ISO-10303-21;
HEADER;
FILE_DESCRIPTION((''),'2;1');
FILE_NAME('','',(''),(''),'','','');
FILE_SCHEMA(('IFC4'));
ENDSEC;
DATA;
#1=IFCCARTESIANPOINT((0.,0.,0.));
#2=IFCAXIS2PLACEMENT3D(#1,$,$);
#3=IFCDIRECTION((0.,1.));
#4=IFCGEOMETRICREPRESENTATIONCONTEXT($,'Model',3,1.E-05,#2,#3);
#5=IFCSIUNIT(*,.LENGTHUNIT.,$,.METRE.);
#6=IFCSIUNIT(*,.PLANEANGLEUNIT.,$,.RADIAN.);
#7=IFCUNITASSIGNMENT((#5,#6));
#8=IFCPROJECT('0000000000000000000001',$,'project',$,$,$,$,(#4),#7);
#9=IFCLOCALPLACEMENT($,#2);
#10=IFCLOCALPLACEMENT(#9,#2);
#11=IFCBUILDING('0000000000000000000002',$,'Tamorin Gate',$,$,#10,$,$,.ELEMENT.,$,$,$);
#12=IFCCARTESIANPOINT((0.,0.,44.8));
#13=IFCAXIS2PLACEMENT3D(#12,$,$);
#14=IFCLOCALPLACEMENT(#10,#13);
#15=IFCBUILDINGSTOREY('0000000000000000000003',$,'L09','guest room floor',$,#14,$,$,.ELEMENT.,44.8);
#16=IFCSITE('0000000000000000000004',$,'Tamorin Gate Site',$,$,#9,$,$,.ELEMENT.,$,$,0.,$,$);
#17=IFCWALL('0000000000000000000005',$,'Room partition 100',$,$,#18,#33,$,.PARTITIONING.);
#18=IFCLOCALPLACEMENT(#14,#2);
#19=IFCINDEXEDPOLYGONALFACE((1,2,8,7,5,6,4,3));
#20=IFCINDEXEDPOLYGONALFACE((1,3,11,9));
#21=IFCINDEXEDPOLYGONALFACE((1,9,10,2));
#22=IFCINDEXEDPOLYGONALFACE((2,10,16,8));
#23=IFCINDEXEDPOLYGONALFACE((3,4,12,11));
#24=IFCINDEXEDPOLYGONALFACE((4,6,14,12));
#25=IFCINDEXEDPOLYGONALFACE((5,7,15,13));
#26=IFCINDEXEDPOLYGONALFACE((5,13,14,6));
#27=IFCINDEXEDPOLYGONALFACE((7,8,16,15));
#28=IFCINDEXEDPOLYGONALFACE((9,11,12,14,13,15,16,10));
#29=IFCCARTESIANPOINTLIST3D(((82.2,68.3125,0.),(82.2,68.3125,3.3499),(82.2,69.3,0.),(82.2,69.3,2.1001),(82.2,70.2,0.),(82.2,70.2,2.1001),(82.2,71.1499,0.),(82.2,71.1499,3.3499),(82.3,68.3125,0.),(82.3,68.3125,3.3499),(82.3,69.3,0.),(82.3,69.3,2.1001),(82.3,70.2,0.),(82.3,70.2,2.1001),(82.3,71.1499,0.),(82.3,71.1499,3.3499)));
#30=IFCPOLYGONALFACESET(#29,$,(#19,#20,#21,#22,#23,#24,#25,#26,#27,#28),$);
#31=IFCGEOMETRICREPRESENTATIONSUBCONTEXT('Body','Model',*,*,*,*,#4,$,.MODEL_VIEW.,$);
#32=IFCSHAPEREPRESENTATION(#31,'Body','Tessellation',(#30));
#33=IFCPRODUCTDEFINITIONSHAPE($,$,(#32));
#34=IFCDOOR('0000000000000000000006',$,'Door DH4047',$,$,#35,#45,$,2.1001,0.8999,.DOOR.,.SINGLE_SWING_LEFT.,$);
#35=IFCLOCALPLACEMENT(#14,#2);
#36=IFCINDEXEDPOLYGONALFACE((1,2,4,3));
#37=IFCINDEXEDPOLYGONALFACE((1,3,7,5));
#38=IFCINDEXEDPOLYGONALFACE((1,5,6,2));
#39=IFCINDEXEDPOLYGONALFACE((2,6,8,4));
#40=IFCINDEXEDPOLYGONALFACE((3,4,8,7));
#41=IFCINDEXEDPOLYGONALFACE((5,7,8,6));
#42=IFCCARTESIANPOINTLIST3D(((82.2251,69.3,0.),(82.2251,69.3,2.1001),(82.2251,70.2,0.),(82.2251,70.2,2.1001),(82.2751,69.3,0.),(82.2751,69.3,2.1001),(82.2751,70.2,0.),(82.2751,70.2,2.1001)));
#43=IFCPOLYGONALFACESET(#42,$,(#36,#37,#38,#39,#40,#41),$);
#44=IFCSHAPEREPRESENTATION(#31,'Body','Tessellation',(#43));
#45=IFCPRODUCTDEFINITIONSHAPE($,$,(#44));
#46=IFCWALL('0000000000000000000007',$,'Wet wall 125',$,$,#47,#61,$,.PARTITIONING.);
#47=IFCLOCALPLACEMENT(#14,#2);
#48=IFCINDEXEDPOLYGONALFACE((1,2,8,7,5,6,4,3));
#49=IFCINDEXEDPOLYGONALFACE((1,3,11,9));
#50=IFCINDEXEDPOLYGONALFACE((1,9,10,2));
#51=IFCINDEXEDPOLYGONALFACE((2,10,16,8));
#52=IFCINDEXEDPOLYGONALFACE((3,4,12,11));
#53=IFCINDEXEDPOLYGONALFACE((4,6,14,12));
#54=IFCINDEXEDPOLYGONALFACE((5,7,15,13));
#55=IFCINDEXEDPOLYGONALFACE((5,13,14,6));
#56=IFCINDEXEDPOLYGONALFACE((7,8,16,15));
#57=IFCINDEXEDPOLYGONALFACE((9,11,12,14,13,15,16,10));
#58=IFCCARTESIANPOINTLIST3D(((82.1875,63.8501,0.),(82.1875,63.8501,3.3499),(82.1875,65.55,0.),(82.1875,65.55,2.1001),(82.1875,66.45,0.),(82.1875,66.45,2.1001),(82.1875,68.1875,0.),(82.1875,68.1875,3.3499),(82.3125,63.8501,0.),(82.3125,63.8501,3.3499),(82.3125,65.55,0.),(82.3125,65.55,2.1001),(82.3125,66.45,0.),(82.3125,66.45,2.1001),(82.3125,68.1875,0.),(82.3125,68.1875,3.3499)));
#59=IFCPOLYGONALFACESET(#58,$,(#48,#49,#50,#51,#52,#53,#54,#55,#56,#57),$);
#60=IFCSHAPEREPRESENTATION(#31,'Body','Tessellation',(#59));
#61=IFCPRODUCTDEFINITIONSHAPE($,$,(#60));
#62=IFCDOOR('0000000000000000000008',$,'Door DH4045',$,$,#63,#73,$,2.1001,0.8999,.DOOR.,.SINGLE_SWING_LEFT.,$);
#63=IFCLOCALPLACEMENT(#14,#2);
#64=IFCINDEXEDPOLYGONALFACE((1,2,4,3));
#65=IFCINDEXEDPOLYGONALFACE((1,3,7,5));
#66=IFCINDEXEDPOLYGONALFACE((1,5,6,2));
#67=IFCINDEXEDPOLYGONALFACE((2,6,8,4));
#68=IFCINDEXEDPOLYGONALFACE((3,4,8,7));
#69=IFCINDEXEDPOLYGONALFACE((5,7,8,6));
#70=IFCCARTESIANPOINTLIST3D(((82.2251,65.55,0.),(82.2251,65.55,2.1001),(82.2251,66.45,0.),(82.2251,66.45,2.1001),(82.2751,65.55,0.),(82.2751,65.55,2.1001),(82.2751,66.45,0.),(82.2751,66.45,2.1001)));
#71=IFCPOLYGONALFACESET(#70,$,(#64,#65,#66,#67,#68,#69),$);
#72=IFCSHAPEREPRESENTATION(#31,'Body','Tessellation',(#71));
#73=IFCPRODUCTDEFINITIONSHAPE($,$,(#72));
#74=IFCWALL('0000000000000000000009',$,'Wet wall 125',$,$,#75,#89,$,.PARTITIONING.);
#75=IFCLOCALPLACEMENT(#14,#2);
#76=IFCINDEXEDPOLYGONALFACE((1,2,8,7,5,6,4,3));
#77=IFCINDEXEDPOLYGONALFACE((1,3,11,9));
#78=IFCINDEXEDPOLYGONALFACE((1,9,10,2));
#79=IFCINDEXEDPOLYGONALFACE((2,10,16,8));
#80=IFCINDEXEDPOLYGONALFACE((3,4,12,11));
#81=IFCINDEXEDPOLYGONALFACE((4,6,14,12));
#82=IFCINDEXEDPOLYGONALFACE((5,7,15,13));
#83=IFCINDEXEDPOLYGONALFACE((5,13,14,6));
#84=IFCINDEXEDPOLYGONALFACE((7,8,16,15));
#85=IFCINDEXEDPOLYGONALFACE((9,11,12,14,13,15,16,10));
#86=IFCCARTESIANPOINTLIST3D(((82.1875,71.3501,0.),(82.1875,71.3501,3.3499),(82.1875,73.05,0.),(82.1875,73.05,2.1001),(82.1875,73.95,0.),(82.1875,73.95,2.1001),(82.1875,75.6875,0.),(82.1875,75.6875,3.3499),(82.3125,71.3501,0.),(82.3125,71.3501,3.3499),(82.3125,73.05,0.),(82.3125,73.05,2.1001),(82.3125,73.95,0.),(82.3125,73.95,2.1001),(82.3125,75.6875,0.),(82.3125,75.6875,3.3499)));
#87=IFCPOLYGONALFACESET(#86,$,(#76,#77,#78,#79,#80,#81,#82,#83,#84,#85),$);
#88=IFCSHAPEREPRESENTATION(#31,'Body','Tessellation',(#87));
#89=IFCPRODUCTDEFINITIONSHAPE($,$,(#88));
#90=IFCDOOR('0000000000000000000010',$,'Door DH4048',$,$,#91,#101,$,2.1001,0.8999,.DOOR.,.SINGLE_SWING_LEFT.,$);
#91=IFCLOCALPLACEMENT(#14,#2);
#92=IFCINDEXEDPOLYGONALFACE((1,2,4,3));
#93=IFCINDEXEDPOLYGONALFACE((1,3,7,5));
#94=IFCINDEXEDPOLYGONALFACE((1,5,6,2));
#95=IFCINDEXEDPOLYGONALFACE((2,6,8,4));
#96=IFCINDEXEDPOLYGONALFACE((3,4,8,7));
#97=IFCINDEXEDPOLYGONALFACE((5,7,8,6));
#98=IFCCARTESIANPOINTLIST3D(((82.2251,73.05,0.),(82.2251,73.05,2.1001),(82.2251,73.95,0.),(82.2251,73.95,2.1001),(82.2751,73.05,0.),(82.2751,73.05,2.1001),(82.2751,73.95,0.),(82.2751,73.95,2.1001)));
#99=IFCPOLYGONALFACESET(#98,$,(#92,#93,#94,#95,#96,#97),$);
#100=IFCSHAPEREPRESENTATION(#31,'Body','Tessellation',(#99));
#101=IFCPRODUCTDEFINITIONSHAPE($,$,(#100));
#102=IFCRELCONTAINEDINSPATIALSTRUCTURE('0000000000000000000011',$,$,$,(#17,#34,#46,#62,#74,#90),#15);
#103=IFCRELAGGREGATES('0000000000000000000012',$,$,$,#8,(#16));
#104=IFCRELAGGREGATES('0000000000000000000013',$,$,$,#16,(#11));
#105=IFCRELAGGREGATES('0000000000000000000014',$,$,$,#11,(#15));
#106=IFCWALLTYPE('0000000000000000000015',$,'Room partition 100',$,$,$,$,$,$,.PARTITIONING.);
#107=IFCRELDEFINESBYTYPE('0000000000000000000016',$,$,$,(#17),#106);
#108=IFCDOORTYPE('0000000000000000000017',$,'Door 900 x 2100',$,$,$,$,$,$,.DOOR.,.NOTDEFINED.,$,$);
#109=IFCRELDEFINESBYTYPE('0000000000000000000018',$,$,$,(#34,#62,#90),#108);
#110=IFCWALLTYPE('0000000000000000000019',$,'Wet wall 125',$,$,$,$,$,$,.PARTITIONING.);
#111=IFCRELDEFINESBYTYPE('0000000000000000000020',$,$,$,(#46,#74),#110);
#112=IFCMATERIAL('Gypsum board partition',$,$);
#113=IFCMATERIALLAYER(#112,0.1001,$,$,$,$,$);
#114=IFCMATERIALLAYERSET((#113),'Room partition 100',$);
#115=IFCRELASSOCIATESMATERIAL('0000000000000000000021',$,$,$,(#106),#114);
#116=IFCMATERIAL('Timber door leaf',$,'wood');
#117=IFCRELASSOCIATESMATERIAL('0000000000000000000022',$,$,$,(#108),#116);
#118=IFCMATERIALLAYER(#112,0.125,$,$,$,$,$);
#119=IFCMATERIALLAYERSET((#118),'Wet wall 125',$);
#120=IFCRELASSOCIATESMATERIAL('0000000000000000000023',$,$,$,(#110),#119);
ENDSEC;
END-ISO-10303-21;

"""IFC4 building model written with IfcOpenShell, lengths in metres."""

from ifc_helpers import new_model, si_unit, direction, frame, frame_2d, origin, place, context, subcontext, project, spatial, rectangle, extrude, material, layer, layer_set, type_object, element, fill, save


model = new_model("IFC4")

# Units and contexts
model_context = context("Model", 3, precision=1e-05, world=origin(), true_north=direction((0.0, 1.0)))
body_context = subcontext(model_context, "Body", "Model", "MODEL_VIEW")
ifc_project = project(units=[si_unit("LENGTHUNIT", "METRE"), si_unit("PLANEANGLEUNIT", "RADIAN")], contexts=[model_context])

# Site, building, storey
site_placement = place(None, origin())
site = spatial("IfcSite", under=ifc_project, at=site_placement, Name="Tamorin Gate Site", CompositionType="ELEMENT", RefElevation=0.0)
building_placement = place(site_placement, origin())
building = spatial("IfcBuilding", under=site, at=building_placement, Name="Tamorin Gate", CompositionType="ELEMENT")
storey_placement = place(building_placement, frame((0.0, 0.0, 44.8)))
storey = spatial("IfcBuildingStorey", under=building, at=storey_placement, Name="L09", Description="guest room floor", CompositionType="ELEMENT", Elevation=44.8)

# Walls, openings, doors
ifc_material_1 = material(Name="Gypsum board partition")
ifc_layer_1 = layer(ifc_material_1, 0.1001)
ifc_layer_set_1 = layer_set([ifc_layer_1], Name="Room partition 100")
wall_type_1 = type_object("IfcWallType", Name="Room partition 100", PredefinedType="PARTITIONING", material=ifc_layer_set_1)
ifc_material_2 = material(Name="Timber door leaf", Category="wood")
door_type = type_object("IfcDoorType", Name="Door 900 x 2100", OperationType="NOTDEFINED", PredefinedType="DOOR", material=ifc_material_2)
wall_1_placement = place(storey_placement, frame((82.25, 68.3125, 0.0), z_axis=(0.0, 0.0, 1.0), x_axis=(0.0, 1.0, 0.0)))
wall_1 = element("IfcWall", 1, at=wall_1_placement, inside=storey, type_object=wall_type_1, Name="Room partition 100", PredefinedType="PARTITIONING", context=body_context, shape_type="SweptSolid", body=[
    extrude(rectangle(XDim=2.8374, YDim=0.1001, at=frame_2d((1.4187, 0.0))), origin(), (0.0, 0.0, 1.0), 3.3499),
])
opening_1_placement = place(wall_1_placement, frame((0.9875, 0.0, 0.0)))
opening_1 = element("IfcOpeningElement", 2, at=opening_1_placement, cuts=wall_1, PredefinedType="OPENING", context=body_context, shape_type="SweptSolid", body=[
    extrude(rectangle(XDim=0.8999, YDim=2.1001, at=frame_2d((0.45, 1.05))), frame((0.0, 0.0601, 0.0), z_axis=(0.0, -1.0, 0.0), x_axis=(1.0, 0.0, 0.0)), (0.0, 0.0, 1.0), 0.1201),
])
door_1_placement = place(opening_1_placement, origin())
door_1 = element("IfcDoor", 3, at=door_1_placement, inside=storey, type_object=door_type, Name="Door DH4047", OperationType="SINGLE_SWING_LEFT", OverallHeight=2.1001, OverallWidth=0.8999, PredefinedType="DOOR", context=body_context, shape_type="SweptSolid", body=[
    extrude(rectangle(XDim=0.8999, YDim=2.1001, at=frame_2d((0.45, 1.05))), frame((0.0, 0.0249, 0.0), z_axis=(0.0, -1.0, 0.0), x_axis=(1.0, 0.0, 0.0)), (0.0, 0.0, 1.0), 0.05),
])
fill(opening_1, door_1)
ifc_layer_2 = layer(ifc_material_1, 0.125)
ifc_layer_set_2 = layer_set([ifc_layer_2], Name="Wet wall 125")
wall_type_2 = type_object("IfcWallType", Name="Wet wall 125", PredefinedType="PARTITIONING", material=ifc_layer_set_2)
wall_2_placement = place(storey_placement, frame((82.25, 63.8501, 0.0), z_axis=(0.0, 0.0, 1.0), x_axis=(0.0, 1.0, 0.0)))
wall_2 = element("IfcWall", 4, at=wall_2_placement, inside=storey, type_object=wall_type_2, Name="Wet wall 125", PredefinedType="PARTITIONING", context=body_context, shape_type="SweptSolid", body=[
    extrude(rectangle(XDim=4.3374, YDim=0.125, at=frame_2d((2.1687, 0.0))), origin(), (0.0, 0.0, 1.0), 3.3499),
])
opening_2_placement = place(wall_2_placement, frame((1.7, 0.0, 0.0)))
opening_2 = element("IfcOpeningElement", 5, at=opening_2_placement, cuts=wall_2, PredefinedType="OPENING", context=body_context, shape_type="SweptSolid", body=[
    extrude(rectangle(XDim=0.8999, YDim=2.1001, at=frame_2d((0.45, 1.05))), frame((0.0, 0.0725, 0.0), z_axis=(0.0, -1.0, 0.0), x_axis=(1.0, 0.0, 0.0)), (0.0, 0.0, 1.0), 0.145),
])
door_2_placement = place(opening_2_placement, origin())
door_2 = element("IfcDoor", 6, at=door_2_placement, inside=storey, type_object=door_type, Name="Door DH4045", OperationType="SINGLE_SWING_LEFT", OverallHeight=2.1001, OverallWidth=0.8999, PredefinedType="DOOR", context=body_context, shape_type="SweptSolid", body=[
    extrude(rectangle(XDim=0.8999, YDim=2.1001, at=frame_2d((0.45, 1.05))), frame((0.0, 0.0249, 0.0), z_axis=(0.0, -1.0, 0.0), x_axis=(1.0, 0.0, 0.0)), (0.0, 0.0, 1.0), 0.05),
])
fill(opening_2, door_2)
wall_3_placement = place(storey_placement, frame((82.25, 71.3501, 0.0), z_axis=(0.0, 0.0, 1.0), x_axis=(0.0, 1.0, 0.0)))
wall_3 = element("IfcWall", 7, at=wall_3_placement, inside=storey, type_object=wall_type_2, Name="Wet wall 125", PredefinedType="PARTITIONING", context=body_context, shape_type="SweptSolid", body=[
    extrude(rectangle(XDim=4.3374, YDim=0.125, at=frame_2d((2.1687, 0.0))), origin(), (0.0, 0.0, 1.0), 3.3499),
])
opening_3_placement = place(wall_3_placement, frame((1.7, 0.0, 0.0)))
opening_3 = element("IfcOpeningElement", 8, at=opening_3_placement, cuts=wall_3, PredefinedType="OPENING", context=body_context, shape_type="SweptSolid", body=[
    extrude(rectangle(XDim=0.8999, YDim=2.1001, at=frame_2d((0.45, 1.05))), frame((0.0, 0.0725, 0.0), z_axis=(0.0, -1.0, 0.0), x_axis=(1.0, 0.0, 0.0)), (0.0, 0.0, 1.0), 0.145),
])
door_3_placement = place(opening_3_placement, origin())
door_3 = element("IfcDoor", 9, at=door_3_placement, inside=storey, type_object=door_type, Name="Door DH4048", OperationType="SINGLE_SWING_LEFT", OverallHeight=2.1001, OverallWidth=0.8999, PredefinedType="DOOR", context=body_context, shape_type="SweptSolid", body=[
    extrude(rectangle(XDim=0.8999, YDim=2.1001, at=frame_2d((0.45, 1.05))), frame((0.0, 0.0249, 0.0), z_axis=(0.0, -1.0, 0.0), x_axis=(1.0, 0.0, 0.0)), (0.0, 0.0, 1.0), 0.05),
])
fill(opening_3, door_3)

save(model, "model.ifc")
